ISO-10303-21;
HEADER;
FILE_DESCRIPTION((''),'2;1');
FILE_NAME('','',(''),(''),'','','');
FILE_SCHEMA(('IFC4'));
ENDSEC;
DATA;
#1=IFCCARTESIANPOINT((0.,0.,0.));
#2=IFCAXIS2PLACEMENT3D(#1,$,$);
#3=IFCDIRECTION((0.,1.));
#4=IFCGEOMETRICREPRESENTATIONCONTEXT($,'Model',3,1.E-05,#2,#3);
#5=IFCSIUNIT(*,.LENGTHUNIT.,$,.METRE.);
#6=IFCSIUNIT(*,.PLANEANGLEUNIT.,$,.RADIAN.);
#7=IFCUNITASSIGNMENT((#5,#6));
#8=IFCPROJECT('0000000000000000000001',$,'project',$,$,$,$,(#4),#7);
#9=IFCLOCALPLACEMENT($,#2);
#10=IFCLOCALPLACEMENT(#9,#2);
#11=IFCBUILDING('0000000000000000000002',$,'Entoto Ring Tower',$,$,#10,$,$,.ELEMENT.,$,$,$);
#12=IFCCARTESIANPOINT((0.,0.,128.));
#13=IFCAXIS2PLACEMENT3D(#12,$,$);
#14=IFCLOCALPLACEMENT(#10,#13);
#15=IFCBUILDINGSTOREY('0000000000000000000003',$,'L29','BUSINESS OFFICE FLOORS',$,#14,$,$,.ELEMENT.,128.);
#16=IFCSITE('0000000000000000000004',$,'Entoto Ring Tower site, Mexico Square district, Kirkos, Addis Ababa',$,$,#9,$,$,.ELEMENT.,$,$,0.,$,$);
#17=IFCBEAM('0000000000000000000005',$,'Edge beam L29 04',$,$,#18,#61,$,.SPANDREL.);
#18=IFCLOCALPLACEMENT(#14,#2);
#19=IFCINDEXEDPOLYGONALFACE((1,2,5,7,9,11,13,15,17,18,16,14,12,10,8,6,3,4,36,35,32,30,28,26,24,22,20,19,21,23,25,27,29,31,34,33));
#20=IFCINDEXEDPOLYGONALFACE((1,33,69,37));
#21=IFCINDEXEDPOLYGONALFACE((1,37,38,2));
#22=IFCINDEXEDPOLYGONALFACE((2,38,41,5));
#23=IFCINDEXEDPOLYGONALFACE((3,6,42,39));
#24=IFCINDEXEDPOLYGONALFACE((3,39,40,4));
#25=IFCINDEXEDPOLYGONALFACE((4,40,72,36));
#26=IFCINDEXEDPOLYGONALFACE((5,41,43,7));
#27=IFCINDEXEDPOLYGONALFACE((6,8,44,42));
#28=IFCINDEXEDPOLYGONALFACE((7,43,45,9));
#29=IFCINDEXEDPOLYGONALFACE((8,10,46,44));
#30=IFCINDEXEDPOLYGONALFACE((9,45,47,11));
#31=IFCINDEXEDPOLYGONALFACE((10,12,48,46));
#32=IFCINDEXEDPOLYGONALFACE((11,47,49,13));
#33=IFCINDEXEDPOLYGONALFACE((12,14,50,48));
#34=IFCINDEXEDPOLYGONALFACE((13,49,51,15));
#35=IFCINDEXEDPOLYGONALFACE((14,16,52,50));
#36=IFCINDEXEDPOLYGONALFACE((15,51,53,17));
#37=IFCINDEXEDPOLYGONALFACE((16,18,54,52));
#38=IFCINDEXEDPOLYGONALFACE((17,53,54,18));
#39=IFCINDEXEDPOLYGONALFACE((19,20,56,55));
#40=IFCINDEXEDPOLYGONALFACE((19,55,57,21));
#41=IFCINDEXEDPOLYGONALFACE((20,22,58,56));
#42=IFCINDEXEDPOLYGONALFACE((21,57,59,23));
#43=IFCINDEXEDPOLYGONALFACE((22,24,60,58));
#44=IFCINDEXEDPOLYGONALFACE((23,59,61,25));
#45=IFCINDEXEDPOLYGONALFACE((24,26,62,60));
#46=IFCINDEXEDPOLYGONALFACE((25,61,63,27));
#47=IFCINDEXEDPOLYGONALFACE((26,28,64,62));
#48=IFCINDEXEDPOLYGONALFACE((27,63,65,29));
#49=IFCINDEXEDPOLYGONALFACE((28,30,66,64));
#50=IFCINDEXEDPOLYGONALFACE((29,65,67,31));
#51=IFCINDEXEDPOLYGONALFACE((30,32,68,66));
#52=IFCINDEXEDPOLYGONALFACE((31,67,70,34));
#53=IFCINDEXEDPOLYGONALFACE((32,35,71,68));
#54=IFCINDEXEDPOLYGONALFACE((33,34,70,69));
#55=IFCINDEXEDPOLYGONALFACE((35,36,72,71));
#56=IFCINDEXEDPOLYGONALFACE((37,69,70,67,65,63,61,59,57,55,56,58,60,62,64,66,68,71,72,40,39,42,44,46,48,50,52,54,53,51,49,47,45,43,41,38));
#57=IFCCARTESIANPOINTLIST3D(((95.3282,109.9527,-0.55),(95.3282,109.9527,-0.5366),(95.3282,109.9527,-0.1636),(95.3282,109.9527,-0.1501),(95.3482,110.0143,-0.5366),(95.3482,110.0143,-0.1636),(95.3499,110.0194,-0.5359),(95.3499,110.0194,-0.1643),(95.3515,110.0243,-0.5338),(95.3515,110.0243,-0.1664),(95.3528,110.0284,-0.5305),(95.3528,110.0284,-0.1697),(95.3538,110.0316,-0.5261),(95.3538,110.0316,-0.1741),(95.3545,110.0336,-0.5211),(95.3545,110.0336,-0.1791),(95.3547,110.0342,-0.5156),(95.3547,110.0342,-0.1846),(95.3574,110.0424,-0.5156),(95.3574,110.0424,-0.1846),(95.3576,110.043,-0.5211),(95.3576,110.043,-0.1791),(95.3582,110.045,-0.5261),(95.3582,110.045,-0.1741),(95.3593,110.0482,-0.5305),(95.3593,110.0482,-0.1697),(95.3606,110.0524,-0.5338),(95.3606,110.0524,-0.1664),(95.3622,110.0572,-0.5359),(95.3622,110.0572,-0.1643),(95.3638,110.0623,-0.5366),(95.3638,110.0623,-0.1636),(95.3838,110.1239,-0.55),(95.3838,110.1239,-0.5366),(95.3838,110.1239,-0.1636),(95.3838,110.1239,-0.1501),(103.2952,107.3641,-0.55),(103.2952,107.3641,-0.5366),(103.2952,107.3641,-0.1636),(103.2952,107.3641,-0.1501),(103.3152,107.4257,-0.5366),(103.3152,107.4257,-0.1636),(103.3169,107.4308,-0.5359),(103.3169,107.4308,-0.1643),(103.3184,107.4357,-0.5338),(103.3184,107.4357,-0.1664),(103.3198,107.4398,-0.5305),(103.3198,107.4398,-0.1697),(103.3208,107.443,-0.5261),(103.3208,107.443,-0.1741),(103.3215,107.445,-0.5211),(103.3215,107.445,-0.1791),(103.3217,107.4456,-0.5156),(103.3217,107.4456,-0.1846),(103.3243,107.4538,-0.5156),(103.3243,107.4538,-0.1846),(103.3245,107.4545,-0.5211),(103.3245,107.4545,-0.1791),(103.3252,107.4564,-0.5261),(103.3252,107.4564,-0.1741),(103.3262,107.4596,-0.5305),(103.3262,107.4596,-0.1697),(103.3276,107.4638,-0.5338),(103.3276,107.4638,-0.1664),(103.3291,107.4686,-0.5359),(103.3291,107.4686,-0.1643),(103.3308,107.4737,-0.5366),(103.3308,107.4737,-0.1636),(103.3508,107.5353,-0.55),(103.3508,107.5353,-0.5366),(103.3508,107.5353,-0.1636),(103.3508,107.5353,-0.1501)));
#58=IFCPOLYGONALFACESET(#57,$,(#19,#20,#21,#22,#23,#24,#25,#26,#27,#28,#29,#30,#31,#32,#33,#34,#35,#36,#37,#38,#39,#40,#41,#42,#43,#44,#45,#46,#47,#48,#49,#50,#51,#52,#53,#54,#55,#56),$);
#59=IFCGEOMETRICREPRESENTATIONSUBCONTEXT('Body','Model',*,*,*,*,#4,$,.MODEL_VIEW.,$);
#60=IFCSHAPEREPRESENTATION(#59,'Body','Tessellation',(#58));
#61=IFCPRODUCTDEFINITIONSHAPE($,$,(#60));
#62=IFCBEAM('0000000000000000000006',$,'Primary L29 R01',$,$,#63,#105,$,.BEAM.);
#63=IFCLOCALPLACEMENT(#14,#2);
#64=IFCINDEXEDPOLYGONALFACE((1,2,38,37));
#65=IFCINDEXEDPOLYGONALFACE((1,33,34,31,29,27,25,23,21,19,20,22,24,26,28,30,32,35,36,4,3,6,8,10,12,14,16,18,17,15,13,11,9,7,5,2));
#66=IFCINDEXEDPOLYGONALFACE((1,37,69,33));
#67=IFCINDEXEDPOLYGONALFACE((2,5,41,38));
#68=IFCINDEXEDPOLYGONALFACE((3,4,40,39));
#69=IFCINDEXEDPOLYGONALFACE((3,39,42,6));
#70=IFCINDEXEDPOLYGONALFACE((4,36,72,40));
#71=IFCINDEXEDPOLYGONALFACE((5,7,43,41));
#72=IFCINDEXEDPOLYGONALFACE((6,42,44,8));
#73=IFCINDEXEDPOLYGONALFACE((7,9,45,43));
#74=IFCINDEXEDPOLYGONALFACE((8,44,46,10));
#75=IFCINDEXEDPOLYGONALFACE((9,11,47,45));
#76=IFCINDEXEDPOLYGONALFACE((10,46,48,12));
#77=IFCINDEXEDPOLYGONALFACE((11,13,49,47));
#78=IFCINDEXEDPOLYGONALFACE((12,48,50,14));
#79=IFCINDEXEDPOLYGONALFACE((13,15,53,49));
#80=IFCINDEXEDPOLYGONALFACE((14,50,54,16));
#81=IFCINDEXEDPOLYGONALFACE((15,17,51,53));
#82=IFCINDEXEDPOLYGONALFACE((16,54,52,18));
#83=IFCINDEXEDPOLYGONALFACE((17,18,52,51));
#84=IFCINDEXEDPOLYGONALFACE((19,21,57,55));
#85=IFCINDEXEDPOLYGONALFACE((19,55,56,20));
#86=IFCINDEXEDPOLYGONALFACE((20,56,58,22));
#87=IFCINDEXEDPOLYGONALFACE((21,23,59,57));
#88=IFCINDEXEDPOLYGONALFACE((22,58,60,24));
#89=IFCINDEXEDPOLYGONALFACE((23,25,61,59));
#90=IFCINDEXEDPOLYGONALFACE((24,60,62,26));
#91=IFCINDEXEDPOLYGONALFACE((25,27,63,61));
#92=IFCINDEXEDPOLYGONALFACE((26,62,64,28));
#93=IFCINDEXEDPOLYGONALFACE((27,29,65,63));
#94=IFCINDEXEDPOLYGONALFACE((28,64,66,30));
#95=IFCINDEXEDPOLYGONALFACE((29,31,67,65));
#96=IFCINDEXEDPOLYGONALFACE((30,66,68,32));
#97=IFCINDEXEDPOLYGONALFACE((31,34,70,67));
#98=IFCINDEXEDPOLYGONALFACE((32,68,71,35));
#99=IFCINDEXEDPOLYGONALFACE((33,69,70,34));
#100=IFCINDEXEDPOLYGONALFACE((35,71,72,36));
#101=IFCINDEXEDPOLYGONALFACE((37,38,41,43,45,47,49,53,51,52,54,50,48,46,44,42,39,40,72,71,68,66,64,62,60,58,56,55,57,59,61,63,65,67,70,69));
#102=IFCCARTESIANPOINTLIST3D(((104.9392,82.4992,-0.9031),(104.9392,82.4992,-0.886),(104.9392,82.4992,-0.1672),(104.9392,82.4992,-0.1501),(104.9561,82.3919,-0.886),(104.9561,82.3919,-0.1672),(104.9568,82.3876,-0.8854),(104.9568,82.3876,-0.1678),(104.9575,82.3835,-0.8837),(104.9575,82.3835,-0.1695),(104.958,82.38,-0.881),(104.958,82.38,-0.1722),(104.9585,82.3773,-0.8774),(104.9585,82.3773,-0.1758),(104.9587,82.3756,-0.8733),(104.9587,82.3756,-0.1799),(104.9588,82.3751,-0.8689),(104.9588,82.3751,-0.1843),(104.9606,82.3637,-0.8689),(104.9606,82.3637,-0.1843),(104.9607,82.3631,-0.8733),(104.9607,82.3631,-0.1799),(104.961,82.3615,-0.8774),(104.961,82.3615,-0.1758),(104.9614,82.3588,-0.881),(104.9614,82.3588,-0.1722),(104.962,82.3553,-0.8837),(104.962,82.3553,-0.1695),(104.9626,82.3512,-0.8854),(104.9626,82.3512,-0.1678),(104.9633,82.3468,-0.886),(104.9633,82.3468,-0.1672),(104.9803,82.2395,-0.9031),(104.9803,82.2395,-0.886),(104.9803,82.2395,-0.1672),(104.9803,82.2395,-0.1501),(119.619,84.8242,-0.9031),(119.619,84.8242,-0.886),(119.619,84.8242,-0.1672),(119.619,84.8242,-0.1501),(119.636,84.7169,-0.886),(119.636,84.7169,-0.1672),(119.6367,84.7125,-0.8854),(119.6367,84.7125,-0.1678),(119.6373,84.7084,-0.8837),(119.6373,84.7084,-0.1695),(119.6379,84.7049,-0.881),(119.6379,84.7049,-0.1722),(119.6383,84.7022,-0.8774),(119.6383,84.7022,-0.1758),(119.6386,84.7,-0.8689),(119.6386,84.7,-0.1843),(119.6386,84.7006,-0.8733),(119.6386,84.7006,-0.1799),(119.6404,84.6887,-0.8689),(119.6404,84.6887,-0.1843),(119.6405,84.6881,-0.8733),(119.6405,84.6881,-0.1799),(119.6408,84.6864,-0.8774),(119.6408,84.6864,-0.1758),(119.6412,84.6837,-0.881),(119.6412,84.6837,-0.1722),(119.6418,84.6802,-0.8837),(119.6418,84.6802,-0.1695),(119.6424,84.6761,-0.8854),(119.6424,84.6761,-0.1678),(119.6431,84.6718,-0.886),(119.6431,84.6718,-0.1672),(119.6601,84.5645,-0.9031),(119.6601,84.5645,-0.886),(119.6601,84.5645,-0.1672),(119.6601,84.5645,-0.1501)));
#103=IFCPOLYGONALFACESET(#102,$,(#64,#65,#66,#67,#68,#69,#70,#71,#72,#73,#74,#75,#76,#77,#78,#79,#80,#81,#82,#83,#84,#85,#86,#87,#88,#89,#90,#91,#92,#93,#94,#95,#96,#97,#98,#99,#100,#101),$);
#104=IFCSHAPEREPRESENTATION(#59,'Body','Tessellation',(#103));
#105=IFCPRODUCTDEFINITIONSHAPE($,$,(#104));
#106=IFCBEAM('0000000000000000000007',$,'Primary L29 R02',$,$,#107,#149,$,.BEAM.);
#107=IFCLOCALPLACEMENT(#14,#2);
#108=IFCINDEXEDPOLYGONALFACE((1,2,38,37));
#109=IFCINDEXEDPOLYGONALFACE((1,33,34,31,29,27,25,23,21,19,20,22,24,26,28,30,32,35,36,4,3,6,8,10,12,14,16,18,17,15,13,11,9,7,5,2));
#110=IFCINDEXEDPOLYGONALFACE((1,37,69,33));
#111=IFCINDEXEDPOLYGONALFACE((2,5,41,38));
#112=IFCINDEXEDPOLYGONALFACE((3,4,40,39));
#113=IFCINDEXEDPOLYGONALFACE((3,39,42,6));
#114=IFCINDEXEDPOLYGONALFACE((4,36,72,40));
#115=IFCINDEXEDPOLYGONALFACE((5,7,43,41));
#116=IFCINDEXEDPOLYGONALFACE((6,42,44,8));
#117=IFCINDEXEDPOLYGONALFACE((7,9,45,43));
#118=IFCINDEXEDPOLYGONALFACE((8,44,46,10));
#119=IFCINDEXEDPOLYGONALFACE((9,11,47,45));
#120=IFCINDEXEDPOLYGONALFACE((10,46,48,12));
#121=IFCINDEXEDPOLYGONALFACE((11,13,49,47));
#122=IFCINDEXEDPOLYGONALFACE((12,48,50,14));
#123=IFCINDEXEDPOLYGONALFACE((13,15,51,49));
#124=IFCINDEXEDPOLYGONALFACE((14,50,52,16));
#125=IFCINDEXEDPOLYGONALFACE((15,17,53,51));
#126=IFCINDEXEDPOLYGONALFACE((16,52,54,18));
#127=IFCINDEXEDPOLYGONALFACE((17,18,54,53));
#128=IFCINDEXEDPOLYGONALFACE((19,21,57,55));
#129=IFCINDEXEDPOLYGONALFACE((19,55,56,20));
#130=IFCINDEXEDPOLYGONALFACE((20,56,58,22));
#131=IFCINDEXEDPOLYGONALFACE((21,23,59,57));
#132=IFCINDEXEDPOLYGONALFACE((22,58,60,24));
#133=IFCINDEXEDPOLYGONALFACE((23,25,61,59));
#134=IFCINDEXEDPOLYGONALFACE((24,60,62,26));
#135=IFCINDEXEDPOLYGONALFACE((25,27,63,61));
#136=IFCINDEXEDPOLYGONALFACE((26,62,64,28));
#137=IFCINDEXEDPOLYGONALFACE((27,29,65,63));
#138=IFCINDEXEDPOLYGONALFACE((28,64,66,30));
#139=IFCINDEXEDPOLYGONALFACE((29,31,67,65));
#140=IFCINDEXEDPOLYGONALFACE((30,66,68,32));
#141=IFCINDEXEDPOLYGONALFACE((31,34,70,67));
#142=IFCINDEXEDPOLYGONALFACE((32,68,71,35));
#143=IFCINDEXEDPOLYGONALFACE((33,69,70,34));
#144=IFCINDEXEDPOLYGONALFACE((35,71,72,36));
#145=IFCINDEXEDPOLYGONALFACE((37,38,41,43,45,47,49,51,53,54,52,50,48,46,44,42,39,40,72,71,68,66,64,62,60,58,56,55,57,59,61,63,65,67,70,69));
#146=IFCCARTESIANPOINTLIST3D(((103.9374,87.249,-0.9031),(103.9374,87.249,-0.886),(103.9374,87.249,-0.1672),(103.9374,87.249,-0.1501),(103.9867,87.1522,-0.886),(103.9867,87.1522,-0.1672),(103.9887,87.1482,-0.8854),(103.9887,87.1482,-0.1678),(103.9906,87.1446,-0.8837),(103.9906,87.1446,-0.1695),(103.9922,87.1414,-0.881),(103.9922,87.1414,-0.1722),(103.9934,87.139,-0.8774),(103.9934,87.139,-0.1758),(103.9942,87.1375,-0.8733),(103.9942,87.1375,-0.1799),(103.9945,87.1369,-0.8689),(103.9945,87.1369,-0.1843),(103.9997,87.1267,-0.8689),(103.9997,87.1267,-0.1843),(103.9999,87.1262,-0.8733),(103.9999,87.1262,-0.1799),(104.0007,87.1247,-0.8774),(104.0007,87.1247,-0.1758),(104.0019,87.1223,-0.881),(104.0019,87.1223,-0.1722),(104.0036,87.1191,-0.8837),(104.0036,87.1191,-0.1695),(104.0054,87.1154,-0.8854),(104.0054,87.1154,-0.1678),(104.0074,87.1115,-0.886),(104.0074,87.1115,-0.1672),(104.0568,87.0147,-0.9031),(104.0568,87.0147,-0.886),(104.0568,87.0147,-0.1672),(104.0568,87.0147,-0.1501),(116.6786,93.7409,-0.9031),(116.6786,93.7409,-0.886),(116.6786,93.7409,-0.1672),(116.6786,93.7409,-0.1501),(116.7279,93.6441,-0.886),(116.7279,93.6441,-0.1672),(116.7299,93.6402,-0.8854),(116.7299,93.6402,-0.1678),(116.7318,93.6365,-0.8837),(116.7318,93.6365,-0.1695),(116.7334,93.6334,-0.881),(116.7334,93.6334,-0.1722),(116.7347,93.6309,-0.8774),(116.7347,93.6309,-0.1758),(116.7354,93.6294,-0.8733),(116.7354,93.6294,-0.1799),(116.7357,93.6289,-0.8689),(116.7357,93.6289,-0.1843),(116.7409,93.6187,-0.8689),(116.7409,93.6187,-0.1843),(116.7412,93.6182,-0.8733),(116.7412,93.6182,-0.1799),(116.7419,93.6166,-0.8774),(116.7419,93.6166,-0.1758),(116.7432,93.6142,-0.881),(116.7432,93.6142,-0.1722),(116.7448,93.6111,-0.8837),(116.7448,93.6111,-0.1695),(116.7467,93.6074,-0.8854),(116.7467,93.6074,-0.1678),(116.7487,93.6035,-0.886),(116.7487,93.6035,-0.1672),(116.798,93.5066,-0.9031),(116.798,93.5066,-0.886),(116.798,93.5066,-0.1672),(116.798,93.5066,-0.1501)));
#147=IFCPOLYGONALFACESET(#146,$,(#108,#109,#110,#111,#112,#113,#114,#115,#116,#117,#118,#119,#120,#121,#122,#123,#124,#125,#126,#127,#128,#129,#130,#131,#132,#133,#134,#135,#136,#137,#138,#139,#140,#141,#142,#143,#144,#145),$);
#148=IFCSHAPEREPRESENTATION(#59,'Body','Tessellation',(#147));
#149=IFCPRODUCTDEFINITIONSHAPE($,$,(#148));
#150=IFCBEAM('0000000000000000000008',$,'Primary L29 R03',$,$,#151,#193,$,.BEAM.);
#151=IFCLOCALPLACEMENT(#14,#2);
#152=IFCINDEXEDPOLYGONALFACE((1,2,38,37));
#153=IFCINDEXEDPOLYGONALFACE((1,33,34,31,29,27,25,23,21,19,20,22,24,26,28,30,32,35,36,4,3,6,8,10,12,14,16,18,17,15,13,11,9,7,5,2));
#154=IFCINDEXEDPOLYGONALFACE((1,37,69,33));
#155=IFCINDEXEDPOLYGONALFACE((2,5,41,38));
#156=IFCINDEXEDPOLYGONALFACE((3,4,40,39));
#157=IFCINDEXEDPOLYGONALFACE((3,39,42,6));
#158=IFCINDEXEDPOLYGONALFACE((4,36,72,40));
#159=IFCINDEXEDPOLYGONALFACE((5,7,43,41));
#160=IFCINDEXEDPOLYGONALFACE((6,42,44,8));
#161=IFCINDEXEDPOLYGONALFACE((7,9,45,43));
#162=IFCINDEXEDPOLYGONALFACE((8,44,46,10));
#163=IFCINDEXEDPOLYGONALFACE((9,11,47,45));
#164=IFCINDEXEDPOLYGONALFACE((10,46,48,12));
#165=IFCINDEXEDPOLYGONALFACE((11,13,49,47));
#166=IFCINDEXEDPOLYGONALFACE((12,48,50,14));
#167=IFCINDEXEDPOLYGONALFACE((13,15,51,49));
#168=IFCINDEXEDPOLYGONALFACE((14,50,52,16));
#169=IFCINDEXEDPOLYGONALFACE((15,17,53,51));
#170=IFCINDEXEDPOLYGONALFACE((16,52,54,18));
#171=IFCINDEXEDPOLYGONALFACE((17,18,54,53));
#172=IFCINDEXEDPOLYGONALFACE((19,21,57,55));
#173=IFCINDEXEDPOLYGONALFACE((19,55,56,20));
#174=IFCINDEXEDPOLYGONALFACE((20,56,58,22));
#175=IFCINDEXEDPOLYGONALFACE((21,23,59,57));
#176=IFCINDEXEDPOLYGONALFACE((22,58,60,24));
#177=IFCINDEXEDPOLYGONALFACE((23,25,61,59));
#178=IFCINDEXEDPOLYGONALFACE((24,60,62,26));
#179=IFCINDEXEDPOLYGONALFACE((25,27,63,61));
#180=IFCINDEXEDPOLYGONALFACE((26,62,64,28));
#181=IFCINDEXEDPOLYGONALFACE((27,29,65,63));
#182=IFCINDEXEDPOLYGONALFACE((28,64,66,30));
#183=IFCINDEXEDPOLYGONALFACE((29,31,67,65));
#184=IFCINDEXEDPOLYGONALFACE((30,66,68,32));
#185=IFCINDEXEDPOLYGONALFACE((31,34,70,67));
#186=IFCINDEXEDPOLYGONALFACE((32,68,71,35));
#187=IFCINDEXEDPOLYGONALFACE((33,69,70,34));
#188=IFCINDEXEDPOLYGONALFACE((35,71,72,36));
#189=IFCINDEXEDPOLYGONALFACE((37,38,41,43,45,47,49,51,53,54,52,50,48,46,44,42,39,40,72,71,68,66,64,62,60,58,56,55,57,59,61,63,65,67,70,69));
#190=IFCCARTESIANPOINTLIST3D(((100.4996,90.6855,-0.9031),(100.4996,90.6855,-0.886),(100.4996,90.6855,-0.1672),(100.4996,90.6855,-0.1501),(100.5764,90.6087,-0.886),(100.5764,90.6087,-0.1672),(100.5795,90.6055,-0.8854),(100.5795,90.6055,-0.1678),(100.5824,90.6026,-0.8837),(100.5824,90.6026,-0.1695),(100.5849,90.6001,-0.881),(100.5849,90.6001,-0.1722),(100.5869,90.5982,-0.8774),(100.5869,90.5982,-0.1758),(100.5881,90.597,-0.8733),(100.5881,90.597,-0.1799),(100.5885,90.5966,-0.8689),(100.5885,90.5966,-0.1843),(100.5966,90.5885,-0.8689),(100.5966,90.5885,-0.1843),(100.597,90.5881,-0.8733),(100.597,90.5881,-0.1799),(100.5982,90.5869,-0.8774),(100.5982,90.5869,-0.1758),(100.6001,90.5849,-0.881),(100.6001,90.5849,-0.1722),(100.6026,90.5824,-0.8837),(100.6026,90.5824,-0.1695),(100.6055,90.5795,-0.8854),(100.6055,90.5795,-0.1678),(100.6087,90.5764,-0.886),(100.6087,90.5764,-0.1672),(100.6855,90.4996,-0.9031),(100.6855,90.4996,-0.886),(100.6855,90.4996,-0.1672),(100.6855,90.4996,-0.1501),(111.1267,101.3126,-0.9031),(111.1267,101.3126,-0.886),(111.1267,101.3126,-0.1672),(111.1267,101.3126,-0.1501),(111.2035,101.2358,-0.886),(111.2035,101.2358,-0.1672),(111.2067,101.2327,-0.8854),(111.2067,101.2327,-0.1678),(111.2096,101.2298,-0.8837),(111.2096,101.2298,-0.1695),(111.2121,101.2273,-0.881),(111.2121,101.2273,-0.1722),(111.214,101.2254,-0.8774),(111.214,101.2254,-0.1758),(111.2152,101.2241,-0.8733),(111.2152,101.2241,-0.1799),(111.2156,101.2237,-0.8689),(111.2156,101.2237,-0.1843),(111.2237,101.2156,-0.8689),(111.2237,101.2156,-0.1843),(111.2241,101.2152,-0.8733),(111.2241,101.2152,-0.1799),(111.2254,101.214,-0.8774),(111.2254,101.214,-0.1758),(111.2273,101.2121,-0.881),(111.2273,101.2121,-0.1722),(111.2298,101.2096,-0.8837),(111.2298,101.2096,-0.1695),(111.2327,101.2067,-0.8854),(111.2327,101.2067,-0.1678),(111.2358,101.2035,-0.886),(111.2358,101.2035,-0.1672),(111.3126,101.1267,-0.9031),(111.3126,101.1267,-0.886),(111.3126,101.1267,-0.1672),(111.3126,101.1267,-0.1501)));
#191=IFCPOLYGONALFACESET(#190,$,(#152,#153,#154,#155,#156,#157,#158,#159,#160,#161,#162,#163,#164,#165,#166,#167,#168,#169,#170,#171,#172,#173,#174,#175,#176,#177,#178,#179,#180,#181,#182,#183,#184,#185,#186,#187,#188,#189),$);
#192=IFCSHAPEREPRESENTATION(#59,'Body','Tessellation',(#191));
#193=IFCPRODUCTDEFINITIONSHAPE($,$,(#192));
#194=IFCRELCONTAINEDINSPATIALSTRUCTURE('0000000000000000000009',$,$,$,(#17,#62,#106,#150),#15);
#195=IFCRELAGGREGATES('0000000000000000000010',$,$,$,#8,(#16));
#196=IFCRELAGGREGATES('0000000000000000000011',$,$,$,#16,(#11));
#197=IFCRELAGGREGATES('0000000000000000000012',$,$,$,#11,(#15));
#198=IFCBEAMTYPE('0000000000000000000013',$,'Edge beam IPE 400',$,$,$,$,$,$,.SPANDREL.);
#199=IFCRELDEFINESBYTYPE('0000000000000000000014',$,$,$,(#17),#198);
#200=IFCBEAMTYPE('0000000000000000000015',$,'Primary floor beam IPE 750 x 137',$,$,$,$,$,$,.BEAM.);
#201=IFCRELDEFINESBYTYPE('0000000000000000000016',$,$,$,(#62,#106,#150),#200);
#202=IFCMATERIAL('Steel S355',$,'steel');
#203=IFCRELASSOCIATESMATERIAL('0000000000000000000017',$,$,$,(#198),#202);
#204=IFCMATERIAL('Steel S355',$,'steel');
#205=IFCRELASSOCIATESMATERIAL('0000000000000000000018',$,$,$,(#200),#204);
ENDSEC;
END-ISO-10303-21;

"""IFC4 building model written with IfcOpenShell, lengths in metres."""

from ifc_helpers import new_model, si_unit, direction, frame, origin, origin_2d, place, context, subcontext, project, spatial, i_section, extrude, material, material_profile, profile_set, type_object, element, save


model = new_model("IFC4")

# Units and contexts
model_context = context("Model", 3, precision=1e-05, world=origin(), true_north=direction((0.0, 1.0)))
body_context = subcontext(model_context, "Body", "Model", "MODEL_VIEW")
ifc_project = project(units=[si_unit("LENGTHUNIT", "METRE"), si_unit("PLANEANGLEUNIT", "RADIAN")], contexts=[model_context])

# Site, building, storey
site_placement = place(None, origin())
site = spatial("IfcSite", under=ifc_project, at=site_placement, Name="Entoto Ring Tower site, Mexico Square district, Kirkos, Addis Ababa", CompositionType="ELEMENT", RefElevation=0.0)
building_placement = place(site_placement, origin())
building = spatial("IfcBuilding", under=site, at=building_placement, Name="Entoto Ring Tower", CompositionType="ELEMENT")
storey_placement = place(building_placement, frame((0.0, 0.0, 128.0)))
storey = spatial("IfcBuildingStorey", under=building, at=storey_placement, Name="L29", Description="BUSINESS OFFICE FLOORS", CompositionType="ELEMENT", Elevation=128.0)

# Beams
ifc_material_1 = material(Name="Steel S355", Category="steel")
ifc_material_profile_1 = material_profile(ifc_material_1, i_section(OverallWidth=0.1799, OverallDepth=0.3999, WebThickness=0.0085, FlangeThickness=0.0134, FilletRadius=0.021, at=origin_2d()), Name="IPE 400")
ifc_profile_set_1 = profile_set([ifc_material_profile_1], Name="Steel S355")
beam_type_1 = type_object("IfcBeamType", Name="Edge beam IPE 400", PredefinedType="SPANDREL", material=ifc_profile_set_1)
for number, where, z_axis, x_axis, name in (
    (1, (103.323, 107.4497, -0.3501), (-0.951057, 0.309014, 0.0), (-0.309014, -0.951057, 0.0), "Edge beam L29 04"),
):
    element("IfcBeam", number, at=place(storey_placement, frame(where, z_axis=z_axis, x_axis=x_axis)), inside=storey, type_object=beam_type_1, Name=name, PredefinedType="SPANDREL", context=body_context, shape_type="SweptSolid", body=[
        extrude(i_section(OverallWidth=0.1799, OverallDepth=0.3999, WebThickness=0.0085, FlangeThickness=0.0134, FilletRadius=0.021, at=origin_2d()), origin(), (0.0, 0.0, 1.0), 8.377),
    ])
ifc_material_2 = material(Name="Steel S355", Category="steel")
ifc_material_profile_2 = material_profile(ifc_material_2, i_section(OverallWidth=0.2629, OverallDepth=0.7529, WebThickness=0.0115, FlangeThickness=0.0171, FilletRadius=0.0171, at=origin_2d()), Name="IPE 750 x 137")
ifc_profile_set_2 = profile_set([ifc_material_profile_2], Name="Steel S355")
beam_type_2 = type_object("IfcBeamType", Name="Primary floor beam IPE 750 x 137", PredefinedType="BEAM", material=ifc_profile_set_2)
beam_1_placement = place(storey_placement, frame((104.9597, 82.3694, -0.5266), z_axis=(0.98769, 0.156426, 0.0), x_axis=(-0.156426, 0.98769, 0.0)))
element("IfcBeam", 2, at=beam_1_placement, inside=storey, type_object=beam_type_2, Name="Primary L29 R01", PredefinedType="BEAM", context=body_context, shape_type="SweptSolid", body=[
    extrude(i_section(OverallWidth=0.2629, OverallDepth=0.7529, WebThickness=0.0115, FlangeThickness=0.0171, FilletRadius=0.0171, at=origin_2d()), origin(), (0.0, 0.0, 1.0), 14.8628),
])
beam_2_placement = place(storey_placement, frame((103.9971, 87.1318, -0.5266), z_axis=(0.891007, 0.453989, 0.0), x_axis=(-0.453989, 0.891007, 0.0)))
element("IfcBeam", 3, at=beam_2_placement, inside=storey, type_object=beam_type_2, Name="Primary L29 R02", PredefinedType="BEAM", context=body_context, shape_type="SweptSolid", body=[
    extrude(i_section(OverallWidth=0.2629, OverallDepth=0.7529, WebThickness=0.0115, FlangeThickness=0.0171, FilletRadius=0.0171, at=origin_2d()), origin(), (0.0, 0.0, 1.0), 14.2998),
])
beam_3_placement = place(storey_placement, frame((100.5925, 90.5925, -0.5266), z_axis=(0.707107, 0.707107, 0.0), x_axis=(-0.707107, 0.707107, 0.0)))
element("IfcBeam", 4, at=beam_3_placement, inside=storey, type_object=beam_type_2, Name="Primary L29 R03", PredefinedType="BEAM", context=body_context, shape_type="SweptSolid", body=[
    extrude(i_section(OverallWidth=0.2629, OverallDepth=0.7529, WebThickness=0.0115, FlangeThickness=0.0171, FilletRadius=0.0171, at=origin_2d()), origin(), (0.0, 0.0, 1.0), 15.0291),
])

save(model, "model.ifc")
